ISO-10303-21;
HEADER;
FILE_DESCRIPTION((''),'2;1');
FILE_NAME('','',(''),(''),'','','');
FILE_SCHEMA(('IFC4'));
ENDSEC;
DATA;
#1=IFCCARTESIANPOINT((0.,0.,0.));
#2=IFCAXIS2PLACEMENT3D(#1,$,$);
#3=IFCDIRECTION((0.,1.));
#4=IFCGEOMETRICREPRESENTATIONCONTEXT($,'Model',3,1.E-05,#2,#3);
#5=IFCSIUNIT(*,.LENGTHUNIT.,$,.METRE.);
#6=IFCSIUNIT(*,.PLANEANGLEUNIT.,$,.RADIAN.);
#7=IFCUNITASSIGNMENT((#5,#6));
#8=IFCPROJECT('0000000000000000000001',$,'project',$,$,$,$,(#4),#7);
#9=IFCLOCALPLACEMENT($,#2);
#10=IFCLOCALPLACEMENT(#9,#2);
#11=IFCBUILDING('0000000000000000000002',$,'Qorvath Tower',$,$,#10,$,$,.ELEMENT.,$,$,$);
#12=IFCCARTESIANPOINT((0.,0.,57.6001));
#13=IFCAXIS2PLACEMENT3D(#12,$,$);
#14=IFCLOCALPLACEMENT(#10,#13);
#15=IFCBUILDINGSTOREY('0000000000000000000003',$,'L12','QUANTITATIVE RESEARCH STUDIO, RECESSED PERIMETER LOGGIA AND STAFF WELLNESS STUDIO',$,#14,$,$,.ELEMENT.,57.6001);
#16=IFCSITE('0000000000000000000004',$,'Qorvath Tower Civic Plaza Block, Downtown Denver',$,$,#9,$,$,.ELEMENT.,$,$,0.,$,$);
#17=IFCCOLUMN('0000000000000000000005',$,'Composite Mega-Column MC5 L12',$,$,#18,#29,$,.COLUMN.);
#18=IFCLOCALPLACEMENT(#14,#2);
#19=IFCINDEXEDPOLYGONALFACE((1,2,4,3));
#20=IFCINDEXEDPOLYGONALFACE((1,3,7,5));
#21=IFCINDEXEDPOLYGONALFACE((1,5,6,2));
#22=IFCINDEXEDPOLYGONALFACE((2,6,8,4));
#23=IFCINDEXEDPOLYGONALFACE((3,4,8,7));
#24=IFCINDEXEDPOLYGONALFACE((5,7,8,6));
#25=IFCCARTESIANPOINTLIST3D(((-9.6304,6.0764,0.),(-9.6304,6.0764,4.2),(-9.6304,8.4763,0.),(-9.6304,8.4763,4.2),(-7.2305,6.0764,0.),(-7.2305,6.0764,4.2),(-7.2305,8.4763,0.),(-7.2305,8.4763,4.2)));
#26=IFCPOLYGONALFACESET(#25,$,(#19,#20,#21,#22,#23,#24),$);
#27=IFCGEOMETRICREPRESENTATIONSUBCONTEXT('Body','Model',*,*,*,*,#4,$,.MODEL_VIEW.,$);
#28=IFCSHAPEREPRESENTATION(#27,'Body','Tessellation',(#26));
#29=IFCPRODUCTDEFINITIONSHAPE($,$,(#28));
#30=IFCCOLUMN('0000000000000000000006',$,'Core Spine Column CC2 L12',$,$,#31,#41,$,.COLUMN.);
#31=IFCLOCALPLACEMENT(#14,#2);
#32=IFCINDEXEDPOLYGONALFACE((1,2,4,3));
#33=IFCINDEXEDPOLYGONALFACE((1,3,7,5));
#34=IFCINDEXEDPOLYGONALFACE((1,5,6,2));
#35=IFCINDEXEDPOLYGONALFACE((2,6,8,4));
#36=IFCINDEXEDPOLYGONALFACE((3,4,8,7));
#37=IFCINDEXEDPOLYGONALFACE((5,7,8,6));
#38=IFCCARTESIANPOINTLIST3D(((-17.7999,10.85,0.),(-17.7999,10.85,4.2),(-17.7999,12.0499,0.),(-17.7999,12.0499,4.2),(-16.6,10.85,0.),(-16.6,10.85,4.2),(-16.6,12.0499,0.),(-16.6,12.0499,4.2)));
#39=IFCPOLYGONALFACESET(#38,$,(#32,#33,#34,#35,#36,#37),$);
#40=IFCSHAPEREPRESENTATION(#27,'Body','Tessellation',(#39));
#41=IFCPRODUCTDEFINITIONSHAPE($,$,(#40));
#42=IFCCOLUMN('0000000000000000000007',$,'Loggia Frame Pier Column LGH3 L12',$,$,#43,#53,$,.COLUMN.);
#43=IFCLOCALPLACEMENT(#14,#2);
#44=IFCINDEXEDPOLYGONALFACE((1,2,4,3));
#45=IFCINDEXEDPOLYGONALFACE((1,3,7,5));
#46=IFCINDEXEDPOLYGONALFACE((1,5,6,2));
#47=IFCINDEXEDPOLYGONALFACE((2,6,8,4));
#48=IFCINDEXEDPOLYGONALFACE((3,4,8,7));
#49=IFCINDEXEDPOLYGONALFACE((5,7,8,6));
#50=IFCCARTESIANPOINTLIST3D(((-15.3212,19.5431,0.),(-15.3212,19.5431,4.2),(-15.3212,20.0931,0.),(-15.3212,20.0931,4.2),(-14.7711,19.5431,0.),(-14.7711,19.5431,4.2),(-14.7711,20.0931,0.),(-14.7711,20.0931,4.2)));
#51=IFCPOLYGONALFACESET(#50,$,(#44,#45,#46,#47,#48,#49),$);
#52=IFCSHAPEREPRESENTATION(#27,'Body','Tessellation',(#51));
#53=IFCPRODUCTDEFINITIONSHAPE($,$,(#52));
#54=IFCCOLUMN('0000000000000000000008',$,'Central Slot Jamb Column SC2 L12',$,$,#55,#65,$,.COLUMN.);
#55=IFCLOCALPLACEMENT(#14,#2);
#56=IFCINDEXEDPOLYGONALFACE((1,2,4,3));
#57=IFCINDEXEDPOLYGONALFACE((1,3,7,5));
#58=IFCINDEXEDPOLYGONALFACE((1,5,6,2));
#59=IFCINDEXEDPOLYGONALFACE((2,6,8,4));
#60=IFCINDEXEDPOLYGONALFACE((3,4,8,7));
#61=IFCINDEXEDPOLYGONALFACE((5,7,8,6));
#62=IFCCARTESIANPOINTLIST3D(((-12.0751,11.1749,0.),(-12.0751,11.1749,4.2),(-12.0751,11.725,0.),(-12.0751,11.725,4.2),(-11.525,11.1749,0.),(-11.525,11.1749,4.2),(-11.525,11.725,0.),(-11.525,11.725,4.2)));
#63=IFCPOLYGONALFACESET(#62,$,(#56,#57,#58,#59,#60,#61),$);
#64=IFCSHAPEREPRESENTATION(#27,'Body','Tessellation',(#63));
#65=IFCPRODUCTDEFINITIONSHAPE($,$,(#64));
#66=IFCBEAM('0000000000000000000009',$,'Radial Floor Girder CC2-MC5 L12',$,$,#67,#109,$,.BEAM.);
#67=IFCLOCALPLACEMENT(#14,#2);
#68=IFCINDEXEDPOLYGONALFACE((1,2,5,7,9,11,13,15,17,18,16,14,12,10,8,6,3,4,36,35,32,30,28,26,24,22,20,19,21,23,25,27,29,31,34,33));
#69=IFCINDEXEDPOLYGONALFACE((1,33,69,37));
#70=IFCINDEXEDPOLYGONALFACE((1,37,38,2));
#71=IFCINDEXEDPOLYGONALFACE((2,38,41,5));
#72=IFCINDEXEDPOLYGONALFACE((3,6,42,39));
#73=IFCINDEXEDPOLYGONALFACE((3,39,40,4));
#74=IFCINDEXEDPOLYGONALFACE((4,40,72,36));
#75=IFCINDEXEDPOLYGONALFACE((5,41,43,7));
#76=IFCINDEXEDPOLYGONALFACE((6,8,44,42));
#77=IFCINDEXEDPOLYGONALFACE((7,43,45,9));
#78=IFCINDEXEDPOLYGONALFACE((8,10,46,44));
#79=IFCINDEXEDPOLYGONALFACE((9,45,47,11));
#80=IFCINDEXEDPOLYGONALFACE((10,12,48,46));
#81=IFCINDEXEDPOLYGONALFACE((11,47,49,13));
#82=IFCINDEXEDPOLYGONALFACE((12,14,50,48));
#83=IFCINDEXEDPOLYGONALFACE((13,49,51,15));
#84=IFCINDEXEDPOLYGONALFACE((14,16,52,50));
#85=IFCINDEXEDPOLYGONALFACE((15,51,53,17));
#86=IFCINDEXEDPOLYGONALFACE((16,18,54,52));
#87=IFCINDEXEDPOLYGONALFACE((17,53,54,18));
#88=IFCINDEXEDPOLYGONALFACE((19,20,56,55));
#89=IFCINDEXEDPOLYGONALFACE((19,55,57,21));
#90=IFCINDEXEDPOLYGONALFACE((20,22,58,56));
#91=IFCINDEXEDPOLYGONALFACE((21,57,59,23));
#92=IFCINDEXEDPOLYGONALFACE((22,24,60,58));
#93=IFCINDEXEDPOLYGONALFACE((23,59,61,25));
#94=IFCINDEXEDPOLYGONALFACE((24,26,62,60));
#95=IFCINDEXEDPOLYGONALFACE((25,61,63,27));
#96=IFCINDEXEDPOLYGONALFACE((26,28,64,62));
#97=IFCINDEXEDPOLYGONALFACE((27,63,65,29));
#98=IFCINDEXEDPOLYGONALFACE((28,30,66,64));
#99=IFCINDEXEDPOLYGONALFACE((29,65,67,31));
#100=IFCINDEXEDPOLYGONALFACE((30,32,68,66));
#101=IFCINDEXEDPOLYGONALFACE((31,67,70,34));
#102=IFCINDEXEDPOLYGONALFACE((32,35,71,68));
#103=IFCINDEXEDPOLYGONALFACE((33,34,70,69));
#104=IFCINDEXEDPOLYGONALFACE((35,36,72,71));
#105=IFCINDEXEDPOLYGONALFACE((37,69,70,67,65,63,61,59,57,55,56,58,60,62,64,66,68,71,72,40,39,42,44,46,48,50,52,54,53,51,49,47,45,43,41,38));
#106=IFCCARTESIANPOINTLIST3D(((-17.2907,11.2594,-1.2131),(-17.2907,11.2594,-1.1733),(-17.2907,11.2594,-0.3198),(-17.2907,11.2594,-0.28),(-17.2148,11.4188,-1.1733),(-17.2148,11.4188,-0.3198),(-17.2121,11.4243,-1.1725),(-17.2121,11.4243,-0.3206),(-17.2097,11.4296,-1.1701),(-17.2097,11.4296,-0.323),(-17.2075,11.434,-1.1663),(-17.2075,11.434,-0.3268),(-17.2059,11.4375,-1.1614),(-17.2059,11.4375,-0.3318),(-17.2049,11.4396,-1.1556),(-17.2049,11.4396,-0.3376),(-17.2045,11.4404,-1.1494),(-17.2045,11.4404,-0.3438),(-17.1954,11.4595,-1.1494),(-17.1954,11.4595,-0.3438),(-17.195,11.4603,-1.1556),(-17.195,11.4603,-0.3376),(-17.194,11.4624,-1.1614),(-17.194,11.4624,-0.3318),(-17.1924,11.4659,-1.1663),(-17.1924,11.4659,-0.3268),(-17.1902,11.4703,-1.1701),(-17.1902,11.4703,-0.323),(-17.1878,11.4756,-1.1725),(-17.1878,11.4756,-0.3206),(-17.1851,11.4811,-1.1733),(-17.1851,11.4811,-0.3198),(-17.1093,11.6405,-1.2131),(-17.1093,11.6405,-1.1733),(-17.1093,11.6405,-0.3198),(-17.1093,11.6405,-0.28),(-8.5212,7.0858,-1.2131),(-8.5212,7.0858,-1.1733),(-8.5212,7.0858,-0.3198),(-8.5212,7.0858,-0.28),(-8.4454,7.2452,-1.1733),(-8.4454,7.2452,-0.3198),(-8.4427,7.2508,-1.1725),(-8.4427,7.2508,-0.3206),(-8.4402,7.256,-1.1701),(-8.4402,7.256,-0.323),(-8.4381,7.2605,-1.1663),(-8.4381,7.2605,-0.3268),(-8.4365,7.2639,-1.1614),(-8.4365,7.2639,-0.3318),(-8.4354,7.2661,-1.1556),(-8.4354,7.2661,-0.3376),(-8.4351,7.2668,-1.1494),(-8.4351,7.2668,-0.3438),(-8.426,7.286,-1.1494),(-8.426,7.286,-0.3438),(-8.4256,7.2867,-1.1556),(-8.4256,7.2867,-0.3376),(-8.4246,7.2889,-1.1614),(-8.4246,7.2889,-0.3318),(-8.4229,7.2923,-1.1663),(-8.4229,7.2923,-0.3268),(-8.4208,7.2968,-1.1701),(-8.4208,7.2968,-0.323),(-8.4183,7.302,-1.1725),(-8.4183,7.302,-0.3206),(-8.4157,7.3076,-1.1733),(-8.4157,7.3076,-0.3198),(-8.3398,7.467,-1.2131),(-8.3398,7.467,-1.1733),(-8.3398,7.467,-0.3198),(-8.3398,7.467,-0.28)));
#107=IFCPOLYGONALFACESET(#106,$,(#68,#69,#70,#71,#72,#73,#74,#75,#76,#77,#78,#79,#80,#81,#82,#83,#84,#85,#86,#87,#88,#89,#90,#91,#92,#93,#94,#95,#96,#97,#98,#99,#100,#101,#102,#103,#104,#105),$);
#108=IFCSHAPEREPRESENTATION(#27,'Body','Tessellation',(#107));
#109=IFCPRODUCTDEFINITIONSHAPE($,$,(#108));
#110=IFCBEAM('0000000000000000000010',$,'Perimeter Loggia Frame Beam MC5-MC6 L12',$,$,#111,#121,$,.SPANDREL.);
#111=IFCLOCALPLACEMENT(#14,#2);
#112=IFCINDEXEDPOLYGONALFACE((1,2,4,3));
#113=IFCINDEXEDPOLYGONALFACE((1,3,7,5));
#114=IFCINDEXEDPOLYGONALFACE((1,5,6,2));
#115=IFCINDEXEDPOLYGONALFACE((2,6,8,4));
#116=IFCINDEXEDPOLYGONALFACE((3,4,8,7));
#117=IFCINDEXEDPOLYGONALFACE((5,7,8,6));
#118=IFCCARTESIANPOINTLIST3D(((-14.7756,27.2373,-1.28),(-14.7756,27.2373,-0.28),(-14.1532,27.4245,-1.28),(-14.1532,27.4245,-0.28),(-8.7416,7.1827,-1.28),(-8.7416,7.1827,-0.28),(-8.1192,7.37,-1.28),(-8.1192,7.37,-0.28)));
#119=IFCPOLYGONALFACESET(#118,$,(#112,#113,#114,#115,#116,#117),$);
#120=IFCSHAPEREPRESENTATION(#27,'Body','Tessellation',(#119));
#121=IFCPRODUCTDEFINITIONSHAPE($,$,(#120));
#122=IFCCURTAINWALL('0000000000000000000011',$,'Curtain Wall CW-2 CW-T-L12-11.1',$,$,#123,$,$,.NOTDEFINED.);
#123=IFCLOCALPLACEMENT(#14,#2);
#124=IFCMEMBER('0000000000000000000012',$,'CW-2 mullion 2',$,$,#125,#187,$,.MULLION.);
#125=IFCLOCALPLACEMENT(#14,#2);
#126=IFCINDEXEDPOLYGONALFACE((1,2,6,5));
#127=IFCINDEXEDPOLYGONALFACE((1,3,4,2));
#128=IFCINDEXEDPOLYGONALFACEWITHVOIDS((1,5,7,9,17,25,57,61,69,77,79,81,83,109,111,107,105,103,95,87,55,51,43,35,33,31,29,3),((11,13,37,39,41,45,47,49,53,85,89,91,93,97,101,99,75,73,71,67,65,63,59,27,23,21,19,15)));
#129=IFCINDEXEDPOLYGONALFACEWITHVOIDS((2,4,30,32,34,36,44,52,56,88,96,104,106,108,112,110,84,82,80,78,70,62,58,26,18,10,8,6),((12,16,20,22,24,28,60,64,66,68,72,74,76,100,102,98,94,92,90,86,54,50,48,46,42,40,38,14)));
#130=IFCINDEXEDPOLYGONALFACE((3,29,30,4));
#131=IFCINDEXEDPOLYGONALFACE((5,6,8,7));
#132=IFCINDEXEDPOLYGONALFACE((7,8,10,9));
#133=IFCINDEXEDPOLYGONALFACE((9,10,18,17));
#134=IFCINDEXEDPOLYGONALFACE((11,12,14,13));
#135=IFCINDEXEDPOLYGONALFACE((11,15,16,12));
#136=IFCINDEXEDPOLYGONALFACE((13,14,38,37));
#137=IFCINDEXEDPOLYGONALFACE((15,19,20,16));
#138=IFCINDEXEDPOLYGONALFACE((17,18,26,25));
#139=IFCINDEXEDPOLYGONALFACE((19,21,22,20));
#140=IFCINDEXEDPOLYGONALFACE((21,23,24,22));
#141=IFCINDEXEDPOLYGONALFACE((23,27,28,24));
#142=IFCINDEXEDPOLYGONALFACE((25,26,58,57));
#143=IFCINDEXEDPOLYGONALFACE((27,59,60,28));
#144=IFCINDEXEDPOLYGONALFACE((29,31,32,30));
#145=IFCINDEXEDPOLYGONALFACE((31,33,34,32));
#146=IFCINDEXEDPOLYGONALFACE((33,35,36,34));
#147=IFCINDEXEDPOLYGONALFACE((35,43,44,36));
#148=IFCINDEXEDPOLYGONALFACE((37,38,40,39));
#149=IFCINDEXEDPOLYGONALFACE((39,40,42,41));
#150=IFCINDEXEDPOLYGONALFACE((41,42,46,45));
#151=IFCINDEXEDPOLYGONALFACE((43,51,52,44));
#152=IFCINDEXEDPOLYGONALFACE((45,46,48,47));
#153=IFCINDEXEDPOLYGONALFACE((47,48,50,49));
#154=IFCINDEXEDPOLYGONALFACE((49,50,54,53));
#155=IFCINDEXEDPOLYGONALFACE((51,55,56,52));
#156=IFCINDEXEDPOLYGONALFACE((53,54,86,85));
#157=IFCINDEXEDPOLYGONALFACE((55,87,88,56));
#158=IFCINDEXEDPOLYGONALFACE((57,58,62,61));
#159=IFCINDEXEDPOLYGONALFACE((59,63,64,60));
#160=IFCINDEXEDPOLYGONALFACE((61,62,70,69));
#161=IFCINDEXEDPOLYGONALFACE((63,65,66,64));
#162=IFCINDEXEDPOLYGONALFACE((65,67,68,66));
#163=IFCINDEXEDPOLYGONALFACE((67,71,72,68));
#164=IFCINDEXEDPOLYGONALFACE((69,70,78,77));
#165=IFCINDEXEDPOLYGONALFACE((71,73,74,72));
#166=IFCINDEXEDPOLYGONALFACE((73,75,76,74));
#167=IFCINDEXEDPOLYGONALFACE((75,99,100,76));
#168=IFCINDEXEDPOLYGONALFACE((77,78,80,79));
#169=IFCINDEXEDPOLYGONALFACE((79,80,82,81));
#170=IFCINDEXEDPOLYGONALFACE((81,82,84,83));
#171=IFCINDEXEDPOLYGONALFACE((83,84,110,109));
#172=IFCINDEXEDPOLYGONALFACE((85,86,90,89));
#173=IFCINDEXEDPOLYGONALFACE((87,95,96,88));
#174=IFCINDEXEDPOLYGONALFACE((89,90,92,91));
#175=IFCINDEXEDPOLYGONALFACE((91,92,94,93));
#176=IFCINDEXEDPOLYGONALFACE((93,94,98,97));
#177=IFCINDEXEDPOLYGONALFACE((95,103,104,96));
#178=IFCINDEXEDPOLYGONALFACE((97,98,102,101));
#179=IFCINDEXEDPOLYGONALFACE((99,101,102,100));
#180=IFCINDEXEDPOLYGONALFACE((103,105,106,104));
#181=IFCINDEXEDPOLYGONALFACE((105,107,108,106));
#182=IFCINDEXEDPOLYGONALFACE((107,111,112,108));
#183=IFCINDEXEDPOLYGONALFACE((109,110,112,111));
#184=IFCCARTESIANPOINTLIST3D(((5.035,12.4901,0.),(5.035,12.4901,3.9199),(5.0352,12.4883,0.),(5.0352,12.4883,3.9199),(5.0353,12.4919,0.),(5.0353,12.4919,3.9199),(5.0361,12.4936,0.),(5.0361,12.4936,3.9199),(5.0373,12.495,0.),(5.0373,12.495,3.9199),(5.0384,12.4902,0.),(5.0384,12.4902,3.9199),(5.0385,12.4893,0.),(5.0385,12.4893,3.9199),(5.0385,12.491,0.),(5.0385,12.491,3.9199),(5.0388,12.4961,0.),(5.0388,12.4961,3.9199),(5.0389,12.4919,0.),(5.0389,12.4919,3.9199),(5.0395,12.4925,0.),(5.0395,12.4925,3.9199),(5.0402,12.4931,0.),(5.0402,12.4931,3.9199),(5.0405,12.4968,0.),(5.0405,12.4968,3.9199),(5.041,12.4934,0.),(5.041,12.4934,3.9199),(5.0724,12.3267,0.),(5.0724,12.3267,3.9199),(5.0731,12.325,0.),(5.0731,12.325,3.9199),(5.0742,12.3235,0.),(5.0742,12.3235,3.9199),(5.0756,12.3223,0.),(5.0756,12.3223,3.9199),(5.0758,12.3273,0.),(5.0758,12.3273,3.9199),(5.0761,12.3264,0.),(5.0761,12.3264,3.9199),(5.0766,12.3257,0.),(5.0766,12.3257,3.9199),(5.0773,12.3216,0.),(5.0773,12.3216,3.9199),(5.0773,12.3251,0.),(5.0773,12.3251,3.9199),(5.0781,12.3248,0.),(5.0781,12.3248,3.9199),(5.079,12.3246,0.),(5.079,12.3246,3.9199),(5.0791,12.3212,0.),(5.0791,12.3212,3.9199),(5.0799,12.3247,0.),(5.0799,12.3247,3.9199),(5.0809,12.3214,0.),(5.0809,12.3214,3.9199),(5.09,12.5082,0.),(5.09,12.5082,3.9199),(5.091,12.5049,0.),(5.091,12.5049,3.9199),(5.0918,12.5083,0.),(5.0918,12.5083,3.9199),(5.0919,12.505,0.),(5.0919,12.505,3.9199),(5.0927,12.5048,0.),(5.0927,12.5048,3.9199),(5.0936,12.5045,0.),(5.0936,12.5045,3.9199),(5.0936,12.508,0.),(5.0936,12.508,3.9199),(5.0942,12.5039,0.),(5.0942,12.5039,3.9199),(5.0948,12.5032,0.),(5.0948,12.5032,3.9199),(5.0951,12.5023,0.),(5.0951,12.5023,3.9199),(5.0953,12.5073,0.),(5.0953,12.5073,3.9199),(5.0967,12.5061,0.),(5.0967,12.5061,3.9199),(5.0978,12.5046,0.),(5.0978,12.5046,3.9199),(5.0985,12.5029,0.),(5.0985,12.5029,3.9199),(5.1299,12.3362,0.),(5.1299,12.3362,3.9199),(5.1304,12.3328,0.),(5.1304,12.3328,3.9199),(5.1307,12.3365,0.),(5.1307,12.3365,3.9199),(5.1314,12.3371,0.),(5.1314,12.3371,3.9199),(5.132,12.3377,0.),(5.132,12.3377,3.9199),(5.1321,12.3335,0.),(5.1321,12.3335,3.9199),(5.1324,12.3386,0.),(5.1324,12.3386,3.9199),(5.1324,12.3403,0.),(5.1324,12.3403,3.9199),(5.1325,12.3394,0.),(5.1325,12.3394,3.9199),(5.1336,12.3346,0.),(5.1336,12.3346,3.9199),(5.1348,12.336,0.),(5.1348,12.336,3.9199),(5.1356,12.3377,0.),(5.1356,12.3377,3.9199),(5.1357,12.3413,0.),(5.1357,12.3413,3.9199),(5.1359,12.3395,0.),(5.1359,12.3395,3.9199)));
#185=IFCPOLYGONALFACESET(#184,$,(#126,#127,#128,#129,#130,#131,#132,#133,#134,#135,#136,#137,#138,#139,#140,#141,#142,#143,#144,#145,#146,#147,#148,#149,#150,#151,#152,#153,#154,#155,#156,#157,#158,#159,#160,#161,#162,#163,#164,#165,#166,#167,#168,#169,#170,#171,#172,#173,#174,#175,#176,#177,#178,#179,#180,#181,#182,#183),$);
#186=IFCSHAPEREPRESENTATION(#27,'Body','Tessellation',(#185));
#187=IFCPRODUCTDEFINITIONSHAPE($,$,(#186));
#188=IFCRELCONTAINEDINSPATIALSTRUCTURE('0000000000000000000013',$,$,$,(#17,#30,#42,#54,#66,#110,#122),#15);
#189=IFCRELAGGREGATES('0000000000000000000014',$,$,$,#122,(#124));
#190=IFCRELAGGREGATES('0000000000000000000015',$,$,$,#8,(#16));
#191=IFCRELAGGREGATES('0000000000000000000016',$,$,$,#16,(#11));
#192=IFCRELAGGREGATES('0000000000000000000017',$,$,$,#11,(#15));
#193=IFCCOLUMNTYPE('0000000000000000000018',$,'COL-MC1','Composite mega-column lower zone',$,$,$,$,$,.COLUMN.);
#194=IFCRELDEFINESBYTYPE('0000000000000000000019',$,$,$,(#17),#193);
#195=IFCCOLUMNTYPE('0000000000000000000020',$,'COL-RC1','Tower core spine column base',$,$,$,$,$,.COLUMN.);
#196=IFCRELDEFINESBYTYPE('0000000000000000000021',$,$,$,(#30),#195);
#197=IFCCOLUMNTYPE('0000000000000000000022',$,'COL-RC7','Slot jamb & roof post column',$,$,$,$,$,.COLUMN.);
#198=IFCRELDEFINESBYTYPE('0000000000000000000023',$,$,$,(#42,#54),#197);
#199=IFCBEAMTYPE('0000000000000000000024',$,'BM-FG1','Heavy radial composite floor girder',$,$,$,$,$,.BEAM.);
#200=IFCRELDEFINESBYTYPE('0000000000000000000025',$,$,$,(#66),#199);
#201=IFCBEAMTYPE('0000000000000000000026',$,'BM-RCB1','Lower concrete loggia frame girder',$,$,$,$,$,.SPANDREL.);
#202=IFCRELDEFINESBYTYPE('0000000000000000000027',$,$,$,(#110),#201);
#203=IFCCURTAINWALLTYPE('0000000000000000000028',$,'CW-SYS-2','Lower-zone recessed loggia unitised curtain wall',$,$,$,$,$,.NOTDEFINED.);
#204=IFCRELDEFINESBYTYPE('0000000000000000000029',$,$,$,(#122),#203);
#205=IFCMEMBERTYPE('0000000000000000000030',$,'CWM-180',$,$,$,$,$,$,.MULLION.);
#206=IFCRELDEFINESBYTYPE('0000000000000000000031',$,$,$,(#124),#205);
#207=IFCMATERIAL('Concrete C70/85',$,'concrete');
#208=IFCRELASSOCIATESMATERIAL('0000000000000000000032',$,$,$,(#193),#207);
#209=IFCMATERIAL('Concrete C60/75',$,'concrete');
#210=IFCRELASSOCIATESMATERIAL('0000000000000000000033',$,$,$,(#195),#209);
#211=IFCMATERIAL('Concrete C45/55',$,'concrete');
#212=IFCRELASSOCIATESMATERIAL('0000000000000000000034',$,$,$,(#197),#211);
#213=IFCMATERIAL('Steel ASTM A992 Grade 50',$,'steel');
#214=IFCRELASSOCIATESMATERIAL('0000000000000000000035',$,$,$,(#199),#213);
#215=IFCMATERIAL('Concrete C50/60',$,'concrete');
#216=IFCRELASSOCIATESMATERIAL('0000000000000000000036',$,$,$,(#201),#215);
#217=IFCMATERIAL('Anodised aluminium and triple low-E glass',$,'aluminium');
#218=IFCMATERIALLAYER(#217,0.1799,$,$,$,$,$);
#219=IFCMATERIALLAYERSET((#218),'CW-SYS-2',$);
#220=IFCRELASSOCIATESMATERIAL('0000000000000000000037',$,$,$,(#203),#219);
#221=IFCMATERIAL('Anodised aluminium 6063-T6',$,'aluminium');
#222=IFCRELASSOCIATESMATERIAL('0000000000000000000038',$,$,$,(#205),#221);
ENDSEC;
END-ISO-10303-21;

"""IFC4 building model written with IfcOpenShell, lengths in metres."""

from ifc_helpers import new_model, si_unit, direction, frame, origin, origin_2d, place, context, subcontext, project, spatial, rectangle, hollow_rectangle, i_section, extrude, material, layer, layer_set, material_profile, profile_set, type_object, element, aggregate, save


model = new_model("IFC4")

# Units and contexts
model_context = context("Model", 3, precision=1e-05, world=origin(), true_north=direction((0.0, 1.0)))
body_context = subcontext(model_context, "Body", "Model", "MODEL_VIEW")
ifc_project = project(units=[si_unit("LENGTHUNIT", "METRE"), si_unit("PLANEANGLEUNIT", "RADIAN")], contexts=[model_context])

# Site, building, storey
site_placement = place(None, origin())
site = spatial("IfcSite", under=ifc_project, at=site_placement, Name="Qorvath Tower Civic Plaza Block, Downtown Denver", CompositionType="ELEMENT", RefElevation=0.0)
building_placement = place(site_placement, origin())
building = spatial("IfcBuilding", under=site, at=building_placement, Name="Qorvath Tower", CompositionType="ELEMENT")
storey_placement = place(building_placement, frame((0.0, 0.0, 57.6001)))
storey = spatial("IfcBuildingStorey", under=building, at=storey_placement, Name="L12", Description="QUANTITATIVE RESEARCH STUDIO, RECESSED PERIMETER LOGGIA AND STAFF WELLNESS STUDIO", CompositionType="ELEMENT", Elevation=57.6001)

# Columns
ifc_material_1 = material(Name="Concrete C70/85", Category="concrete")
ifc_material_profile_1 = material_profile(ifc_material_1, rectangle(XDim=2.3999, YDim=2.3999, at=origin_2d()), Name="MC 2400x2400")
ifc_profile_set_1 = profile_set([ifc_material_profile_1], Name="Concrete C70/85")
column_type_1 = type_object("IfcColumnType", Name="COL-MC1", Description="Composite mega-column lower zone", PredefinedType="COLUMN", material=ifc_profile_set_1)
column_1_placement = place(storey_placement, frame((-8.4304, 7.2764, 0.0), z_axis=(0.0, 0.0, 1.0), x_axis=(1.0, 0.0, 0.0)))
element("IfcColumn", 1, at=column_1_placement, inside=storey, type_object=column_type_1, Name="Composite Mega-Column MC5 L12", PredefinedType="COLUMN", context=body_context, shape_type="SweptSolid", body=[
    extrude(rectangle(XDim=2.3999, YDim=2.3999, at=origin_2d()), origin(), (0.0, 0.0, 1.0), 4.2),
])
ifc_material_2 = material(Name="Concrete C60/75", Category="concrete")
ifc_material_profile_2 = material_profile(ifc_material_2, rectangle(XDim=1.2, YDim=1.2, at=origin_2d()), Name="RC 1200x1200")
ifc_profile_set_2 = profile_set([ifc_material_profile_2], Name="Concrete C60/75")
column_type_2 = type_object("IfcColumnType", Name="COL-RC1", Description="Tower core spine column base", PredefinedType="COLUMN", material=ifc_profile_set_2)
column_2_placement = place(storey_placement, frame((-17.2, 11.45, 0.0), z_axis=(0.0, 0.0, 1.0), x_axis=(1.0, 0.0, 0.0)))
element("IfcColumn", 2, at=column_2_placement, inside=storey, type_object=column_type_2, Name="Core Spine Column CC2 L12", PredefinedType="COLUMN", context=body_context, shape_type="SweptSolid", body=[
    extrude(rectangle(XDim=1.2, YDim=1.2, at=origin_2d()), origin(), (0.0, 0.0, 1.0), 4.2),
])
ifc_material_3 = material(Name="Concrete C45/55", Category="concrete")
ifc_material_profile_3 = material_profile(ifc_material_3, rectangle(XDim=0.55, YDim=0.55, at=origin_2d()), Name="RC 550x550")
ifc_profile_set_3 = profile_set([ifc_material_profile_3], Name="Concrete C45/55")
column_type_3 = type_object("IfcColumnType", Name="COL-RC7", Description="Slot jamb & roof post column", PredefinedType="COLUMN", material=ifc_profile_set_3)
for number, where, z_axis, x_axis, name in (
    (3, (-15.0461, 19.8181, 0.0), (0.0, 0.0, 1.0), (1.0, 0.0, 0.0), "Loggia Frame Pier Column LGH3 L12"),
    (4, (-11.8, 11.45, 0.0), (0.0, 0.0, 1.0), (1.0, 0.0, 0.0), "Central Slot Jamb Column SC2 L12"),
):
    element("IfcColumn", number, at=place(storey_placement, frame(where, z_axis=z_axis, x_axis=x_axis)), inside=storey, type_object=column_type_3, Name=name, PredefinedType="COLUMN", context=body_context, shape_type="SweptSolid", body=[
        extrude(rectangle(XDim=0.55, YDim=0.55, at=origin_2d()), origin(), (0.0, 0.0, 1.0), 4.2),
    ])

# Beams
ifc_material_4 = material(Name="Steel ASTM A992 Grade 50", Category="steel")
ifc_material_profile_4 = material_profile(ifc_material_4, i_section(OverallWidth=0.4221, OverallDepth=0.9331, WebThickness=0.0212, FlangeThickness=0.0398, FilletRadius=0.0239, at=origin_2d()), Name="W36x262")
ifc_profile_set_4 = profile_set([ifc_material_profile_4], Name="Steel ASTM A992 Grade 50")
beam_type_1 = type_object("IfcBeamType", Name="BM-FG1", Description="Heavy radial composite floor girder", PredefinedType="BEAM", material=ifc_profile_set_4)
beam_1_placement = place(storey_placement, frame((-17.2, 11.45, -0.7466), z_axis=(0.902956, -0.429734, 0.0), x_axis=(0.429734, 0.902956, 0.0)))
element("IfcBeam", 5, at=beam_1_placement, inside=storey, type_object=beam_type_1, Name="Radial Floor Girder CC2-MC5 L12", PredefinedType="BEAM", context=body_context, shape_type="SweptSolid", body=[
    extrude(i_section(OverallWidth=0.4221, OverallDepth=0.9331, WebThickness=0.0212, FlangeThickness=0.0398, FilletRadius=0.0239, at=origin_2d()), origin(), (0.0, 0.0, 1.0), 9.7119),
])
ifc_material_5 = material(Name="Concrete C50/60", Category="concrete")
ifc_material_profile_5 = material_profile(ifc_material_5, rectangle(XDim=0.6499, YDim=1.0, at=origin_2d()), Name="RCB 1000x650")
ifc_profile_set_5 = profile_set([ifc_material_profile_5], Name="Concrete C50/60")
beam_type_2 = type_object("IfcBeamType", Name="BM-RCB1", Description="Lower concrete loggia frame girder", PredefinedType="SPANDREL", material=ifc_profile_set_5)
beam_2_placement = place(storey_placement, frame((-8.4304, 7.2764, -0.78), z_axis=(-0.288119, 0.957595, 0.0), x_axis=(-0.957595, -0.288119, 0.0)))
element("IfcBeam", 6, at=beam_2_placement, inside=storey, type_object=beam_type_2, Name="Perimeter Loggia Frame Beam MC5-MC6 L12", PredefinedType="SPANDREL", context=body_context, shape_type="SweptSolid", body=[
    extrude(rectangle(XDim=0.6499, YDim=1.0, at=origin_2d()), origin(), (0.0, 0.0, 1.0), 20.9426),
])

# Curtain wall, member
ifc_material_6 = material(Name="Anodised aluminium and triple low-E glass", Category="aluminium")
ifc_layer_1 = layer(ifc_material_6, 0.1799)
ifc_layer_set_1 = layer_set([ifc_layer_1], Name="CW-SYS-2")
curtain_wall_type = type_object("IfcCurtainWallType", Name="CW-SYS-2", Description="Lower-zone recessed loggia unitised curtain wall", PredefinedType="NOTDEFINED", material=ifc_layer_set_1)
curtain_wall_1_placement = place(storey_placement, origin())
curtain_wall_1 = element("IfcCurtainWall", 7, at=curtain_wall_1_placement, inside=storey, type_object=curtain_wall_type, Name="Curtain Wall CW-2 CW-T-L12-11.1", PredefinedType="NOTDEFINED")
ifc_material_7 = material(Name="Anodised aluminium 6063-T6", Category="aluminium")
ifc_material_profile_6 = material_profile(ifc_material_7, hollow_rectangle(XDim=0.0649, YDim=0.1799, WallThickness=0.0034, InnerFilletRadius=0.0034, OuterFilletRadius=0.0071, at=origin_2d()), Name="CWM 180x65")
ifc_profile_set_6 = profile_set([ifc_material_profile_6], Name="Anodised aluminium 6063-T6")
member_type_1 = type_object("IfcMemberType", Name="CWM-180", PredefinedType="MULLION", material=ifc_profile_set_6)
member_1_placement = place(storey_placement, frame((5.0854, 12.4148, 0.0), z_axis=(0.0, 0.0, 1.0), x_axis=(-0.974427, -0.224705, 0.0)))
member_1 = element("IfcMember", 8, at=member_1_placement, type_object=member_type_1, Name="CW-2 mullion 2", PredefinedType="MULLION", context=body_context, shape_type="SweptSolid", body=[
    extrude(hollow_rectangle(XDim=0.0649, YDim=0.1799, WallThickness=0.0034, InnerFilletRadius=0.0034, OuterFilletRadius=0.0071, at=origin_2d()), origin(), (0.0, 0.0, 1.0), 3.9199),
])

aggregate(curtain_wall_1, [member_1])

save(model, "model.ifc")
